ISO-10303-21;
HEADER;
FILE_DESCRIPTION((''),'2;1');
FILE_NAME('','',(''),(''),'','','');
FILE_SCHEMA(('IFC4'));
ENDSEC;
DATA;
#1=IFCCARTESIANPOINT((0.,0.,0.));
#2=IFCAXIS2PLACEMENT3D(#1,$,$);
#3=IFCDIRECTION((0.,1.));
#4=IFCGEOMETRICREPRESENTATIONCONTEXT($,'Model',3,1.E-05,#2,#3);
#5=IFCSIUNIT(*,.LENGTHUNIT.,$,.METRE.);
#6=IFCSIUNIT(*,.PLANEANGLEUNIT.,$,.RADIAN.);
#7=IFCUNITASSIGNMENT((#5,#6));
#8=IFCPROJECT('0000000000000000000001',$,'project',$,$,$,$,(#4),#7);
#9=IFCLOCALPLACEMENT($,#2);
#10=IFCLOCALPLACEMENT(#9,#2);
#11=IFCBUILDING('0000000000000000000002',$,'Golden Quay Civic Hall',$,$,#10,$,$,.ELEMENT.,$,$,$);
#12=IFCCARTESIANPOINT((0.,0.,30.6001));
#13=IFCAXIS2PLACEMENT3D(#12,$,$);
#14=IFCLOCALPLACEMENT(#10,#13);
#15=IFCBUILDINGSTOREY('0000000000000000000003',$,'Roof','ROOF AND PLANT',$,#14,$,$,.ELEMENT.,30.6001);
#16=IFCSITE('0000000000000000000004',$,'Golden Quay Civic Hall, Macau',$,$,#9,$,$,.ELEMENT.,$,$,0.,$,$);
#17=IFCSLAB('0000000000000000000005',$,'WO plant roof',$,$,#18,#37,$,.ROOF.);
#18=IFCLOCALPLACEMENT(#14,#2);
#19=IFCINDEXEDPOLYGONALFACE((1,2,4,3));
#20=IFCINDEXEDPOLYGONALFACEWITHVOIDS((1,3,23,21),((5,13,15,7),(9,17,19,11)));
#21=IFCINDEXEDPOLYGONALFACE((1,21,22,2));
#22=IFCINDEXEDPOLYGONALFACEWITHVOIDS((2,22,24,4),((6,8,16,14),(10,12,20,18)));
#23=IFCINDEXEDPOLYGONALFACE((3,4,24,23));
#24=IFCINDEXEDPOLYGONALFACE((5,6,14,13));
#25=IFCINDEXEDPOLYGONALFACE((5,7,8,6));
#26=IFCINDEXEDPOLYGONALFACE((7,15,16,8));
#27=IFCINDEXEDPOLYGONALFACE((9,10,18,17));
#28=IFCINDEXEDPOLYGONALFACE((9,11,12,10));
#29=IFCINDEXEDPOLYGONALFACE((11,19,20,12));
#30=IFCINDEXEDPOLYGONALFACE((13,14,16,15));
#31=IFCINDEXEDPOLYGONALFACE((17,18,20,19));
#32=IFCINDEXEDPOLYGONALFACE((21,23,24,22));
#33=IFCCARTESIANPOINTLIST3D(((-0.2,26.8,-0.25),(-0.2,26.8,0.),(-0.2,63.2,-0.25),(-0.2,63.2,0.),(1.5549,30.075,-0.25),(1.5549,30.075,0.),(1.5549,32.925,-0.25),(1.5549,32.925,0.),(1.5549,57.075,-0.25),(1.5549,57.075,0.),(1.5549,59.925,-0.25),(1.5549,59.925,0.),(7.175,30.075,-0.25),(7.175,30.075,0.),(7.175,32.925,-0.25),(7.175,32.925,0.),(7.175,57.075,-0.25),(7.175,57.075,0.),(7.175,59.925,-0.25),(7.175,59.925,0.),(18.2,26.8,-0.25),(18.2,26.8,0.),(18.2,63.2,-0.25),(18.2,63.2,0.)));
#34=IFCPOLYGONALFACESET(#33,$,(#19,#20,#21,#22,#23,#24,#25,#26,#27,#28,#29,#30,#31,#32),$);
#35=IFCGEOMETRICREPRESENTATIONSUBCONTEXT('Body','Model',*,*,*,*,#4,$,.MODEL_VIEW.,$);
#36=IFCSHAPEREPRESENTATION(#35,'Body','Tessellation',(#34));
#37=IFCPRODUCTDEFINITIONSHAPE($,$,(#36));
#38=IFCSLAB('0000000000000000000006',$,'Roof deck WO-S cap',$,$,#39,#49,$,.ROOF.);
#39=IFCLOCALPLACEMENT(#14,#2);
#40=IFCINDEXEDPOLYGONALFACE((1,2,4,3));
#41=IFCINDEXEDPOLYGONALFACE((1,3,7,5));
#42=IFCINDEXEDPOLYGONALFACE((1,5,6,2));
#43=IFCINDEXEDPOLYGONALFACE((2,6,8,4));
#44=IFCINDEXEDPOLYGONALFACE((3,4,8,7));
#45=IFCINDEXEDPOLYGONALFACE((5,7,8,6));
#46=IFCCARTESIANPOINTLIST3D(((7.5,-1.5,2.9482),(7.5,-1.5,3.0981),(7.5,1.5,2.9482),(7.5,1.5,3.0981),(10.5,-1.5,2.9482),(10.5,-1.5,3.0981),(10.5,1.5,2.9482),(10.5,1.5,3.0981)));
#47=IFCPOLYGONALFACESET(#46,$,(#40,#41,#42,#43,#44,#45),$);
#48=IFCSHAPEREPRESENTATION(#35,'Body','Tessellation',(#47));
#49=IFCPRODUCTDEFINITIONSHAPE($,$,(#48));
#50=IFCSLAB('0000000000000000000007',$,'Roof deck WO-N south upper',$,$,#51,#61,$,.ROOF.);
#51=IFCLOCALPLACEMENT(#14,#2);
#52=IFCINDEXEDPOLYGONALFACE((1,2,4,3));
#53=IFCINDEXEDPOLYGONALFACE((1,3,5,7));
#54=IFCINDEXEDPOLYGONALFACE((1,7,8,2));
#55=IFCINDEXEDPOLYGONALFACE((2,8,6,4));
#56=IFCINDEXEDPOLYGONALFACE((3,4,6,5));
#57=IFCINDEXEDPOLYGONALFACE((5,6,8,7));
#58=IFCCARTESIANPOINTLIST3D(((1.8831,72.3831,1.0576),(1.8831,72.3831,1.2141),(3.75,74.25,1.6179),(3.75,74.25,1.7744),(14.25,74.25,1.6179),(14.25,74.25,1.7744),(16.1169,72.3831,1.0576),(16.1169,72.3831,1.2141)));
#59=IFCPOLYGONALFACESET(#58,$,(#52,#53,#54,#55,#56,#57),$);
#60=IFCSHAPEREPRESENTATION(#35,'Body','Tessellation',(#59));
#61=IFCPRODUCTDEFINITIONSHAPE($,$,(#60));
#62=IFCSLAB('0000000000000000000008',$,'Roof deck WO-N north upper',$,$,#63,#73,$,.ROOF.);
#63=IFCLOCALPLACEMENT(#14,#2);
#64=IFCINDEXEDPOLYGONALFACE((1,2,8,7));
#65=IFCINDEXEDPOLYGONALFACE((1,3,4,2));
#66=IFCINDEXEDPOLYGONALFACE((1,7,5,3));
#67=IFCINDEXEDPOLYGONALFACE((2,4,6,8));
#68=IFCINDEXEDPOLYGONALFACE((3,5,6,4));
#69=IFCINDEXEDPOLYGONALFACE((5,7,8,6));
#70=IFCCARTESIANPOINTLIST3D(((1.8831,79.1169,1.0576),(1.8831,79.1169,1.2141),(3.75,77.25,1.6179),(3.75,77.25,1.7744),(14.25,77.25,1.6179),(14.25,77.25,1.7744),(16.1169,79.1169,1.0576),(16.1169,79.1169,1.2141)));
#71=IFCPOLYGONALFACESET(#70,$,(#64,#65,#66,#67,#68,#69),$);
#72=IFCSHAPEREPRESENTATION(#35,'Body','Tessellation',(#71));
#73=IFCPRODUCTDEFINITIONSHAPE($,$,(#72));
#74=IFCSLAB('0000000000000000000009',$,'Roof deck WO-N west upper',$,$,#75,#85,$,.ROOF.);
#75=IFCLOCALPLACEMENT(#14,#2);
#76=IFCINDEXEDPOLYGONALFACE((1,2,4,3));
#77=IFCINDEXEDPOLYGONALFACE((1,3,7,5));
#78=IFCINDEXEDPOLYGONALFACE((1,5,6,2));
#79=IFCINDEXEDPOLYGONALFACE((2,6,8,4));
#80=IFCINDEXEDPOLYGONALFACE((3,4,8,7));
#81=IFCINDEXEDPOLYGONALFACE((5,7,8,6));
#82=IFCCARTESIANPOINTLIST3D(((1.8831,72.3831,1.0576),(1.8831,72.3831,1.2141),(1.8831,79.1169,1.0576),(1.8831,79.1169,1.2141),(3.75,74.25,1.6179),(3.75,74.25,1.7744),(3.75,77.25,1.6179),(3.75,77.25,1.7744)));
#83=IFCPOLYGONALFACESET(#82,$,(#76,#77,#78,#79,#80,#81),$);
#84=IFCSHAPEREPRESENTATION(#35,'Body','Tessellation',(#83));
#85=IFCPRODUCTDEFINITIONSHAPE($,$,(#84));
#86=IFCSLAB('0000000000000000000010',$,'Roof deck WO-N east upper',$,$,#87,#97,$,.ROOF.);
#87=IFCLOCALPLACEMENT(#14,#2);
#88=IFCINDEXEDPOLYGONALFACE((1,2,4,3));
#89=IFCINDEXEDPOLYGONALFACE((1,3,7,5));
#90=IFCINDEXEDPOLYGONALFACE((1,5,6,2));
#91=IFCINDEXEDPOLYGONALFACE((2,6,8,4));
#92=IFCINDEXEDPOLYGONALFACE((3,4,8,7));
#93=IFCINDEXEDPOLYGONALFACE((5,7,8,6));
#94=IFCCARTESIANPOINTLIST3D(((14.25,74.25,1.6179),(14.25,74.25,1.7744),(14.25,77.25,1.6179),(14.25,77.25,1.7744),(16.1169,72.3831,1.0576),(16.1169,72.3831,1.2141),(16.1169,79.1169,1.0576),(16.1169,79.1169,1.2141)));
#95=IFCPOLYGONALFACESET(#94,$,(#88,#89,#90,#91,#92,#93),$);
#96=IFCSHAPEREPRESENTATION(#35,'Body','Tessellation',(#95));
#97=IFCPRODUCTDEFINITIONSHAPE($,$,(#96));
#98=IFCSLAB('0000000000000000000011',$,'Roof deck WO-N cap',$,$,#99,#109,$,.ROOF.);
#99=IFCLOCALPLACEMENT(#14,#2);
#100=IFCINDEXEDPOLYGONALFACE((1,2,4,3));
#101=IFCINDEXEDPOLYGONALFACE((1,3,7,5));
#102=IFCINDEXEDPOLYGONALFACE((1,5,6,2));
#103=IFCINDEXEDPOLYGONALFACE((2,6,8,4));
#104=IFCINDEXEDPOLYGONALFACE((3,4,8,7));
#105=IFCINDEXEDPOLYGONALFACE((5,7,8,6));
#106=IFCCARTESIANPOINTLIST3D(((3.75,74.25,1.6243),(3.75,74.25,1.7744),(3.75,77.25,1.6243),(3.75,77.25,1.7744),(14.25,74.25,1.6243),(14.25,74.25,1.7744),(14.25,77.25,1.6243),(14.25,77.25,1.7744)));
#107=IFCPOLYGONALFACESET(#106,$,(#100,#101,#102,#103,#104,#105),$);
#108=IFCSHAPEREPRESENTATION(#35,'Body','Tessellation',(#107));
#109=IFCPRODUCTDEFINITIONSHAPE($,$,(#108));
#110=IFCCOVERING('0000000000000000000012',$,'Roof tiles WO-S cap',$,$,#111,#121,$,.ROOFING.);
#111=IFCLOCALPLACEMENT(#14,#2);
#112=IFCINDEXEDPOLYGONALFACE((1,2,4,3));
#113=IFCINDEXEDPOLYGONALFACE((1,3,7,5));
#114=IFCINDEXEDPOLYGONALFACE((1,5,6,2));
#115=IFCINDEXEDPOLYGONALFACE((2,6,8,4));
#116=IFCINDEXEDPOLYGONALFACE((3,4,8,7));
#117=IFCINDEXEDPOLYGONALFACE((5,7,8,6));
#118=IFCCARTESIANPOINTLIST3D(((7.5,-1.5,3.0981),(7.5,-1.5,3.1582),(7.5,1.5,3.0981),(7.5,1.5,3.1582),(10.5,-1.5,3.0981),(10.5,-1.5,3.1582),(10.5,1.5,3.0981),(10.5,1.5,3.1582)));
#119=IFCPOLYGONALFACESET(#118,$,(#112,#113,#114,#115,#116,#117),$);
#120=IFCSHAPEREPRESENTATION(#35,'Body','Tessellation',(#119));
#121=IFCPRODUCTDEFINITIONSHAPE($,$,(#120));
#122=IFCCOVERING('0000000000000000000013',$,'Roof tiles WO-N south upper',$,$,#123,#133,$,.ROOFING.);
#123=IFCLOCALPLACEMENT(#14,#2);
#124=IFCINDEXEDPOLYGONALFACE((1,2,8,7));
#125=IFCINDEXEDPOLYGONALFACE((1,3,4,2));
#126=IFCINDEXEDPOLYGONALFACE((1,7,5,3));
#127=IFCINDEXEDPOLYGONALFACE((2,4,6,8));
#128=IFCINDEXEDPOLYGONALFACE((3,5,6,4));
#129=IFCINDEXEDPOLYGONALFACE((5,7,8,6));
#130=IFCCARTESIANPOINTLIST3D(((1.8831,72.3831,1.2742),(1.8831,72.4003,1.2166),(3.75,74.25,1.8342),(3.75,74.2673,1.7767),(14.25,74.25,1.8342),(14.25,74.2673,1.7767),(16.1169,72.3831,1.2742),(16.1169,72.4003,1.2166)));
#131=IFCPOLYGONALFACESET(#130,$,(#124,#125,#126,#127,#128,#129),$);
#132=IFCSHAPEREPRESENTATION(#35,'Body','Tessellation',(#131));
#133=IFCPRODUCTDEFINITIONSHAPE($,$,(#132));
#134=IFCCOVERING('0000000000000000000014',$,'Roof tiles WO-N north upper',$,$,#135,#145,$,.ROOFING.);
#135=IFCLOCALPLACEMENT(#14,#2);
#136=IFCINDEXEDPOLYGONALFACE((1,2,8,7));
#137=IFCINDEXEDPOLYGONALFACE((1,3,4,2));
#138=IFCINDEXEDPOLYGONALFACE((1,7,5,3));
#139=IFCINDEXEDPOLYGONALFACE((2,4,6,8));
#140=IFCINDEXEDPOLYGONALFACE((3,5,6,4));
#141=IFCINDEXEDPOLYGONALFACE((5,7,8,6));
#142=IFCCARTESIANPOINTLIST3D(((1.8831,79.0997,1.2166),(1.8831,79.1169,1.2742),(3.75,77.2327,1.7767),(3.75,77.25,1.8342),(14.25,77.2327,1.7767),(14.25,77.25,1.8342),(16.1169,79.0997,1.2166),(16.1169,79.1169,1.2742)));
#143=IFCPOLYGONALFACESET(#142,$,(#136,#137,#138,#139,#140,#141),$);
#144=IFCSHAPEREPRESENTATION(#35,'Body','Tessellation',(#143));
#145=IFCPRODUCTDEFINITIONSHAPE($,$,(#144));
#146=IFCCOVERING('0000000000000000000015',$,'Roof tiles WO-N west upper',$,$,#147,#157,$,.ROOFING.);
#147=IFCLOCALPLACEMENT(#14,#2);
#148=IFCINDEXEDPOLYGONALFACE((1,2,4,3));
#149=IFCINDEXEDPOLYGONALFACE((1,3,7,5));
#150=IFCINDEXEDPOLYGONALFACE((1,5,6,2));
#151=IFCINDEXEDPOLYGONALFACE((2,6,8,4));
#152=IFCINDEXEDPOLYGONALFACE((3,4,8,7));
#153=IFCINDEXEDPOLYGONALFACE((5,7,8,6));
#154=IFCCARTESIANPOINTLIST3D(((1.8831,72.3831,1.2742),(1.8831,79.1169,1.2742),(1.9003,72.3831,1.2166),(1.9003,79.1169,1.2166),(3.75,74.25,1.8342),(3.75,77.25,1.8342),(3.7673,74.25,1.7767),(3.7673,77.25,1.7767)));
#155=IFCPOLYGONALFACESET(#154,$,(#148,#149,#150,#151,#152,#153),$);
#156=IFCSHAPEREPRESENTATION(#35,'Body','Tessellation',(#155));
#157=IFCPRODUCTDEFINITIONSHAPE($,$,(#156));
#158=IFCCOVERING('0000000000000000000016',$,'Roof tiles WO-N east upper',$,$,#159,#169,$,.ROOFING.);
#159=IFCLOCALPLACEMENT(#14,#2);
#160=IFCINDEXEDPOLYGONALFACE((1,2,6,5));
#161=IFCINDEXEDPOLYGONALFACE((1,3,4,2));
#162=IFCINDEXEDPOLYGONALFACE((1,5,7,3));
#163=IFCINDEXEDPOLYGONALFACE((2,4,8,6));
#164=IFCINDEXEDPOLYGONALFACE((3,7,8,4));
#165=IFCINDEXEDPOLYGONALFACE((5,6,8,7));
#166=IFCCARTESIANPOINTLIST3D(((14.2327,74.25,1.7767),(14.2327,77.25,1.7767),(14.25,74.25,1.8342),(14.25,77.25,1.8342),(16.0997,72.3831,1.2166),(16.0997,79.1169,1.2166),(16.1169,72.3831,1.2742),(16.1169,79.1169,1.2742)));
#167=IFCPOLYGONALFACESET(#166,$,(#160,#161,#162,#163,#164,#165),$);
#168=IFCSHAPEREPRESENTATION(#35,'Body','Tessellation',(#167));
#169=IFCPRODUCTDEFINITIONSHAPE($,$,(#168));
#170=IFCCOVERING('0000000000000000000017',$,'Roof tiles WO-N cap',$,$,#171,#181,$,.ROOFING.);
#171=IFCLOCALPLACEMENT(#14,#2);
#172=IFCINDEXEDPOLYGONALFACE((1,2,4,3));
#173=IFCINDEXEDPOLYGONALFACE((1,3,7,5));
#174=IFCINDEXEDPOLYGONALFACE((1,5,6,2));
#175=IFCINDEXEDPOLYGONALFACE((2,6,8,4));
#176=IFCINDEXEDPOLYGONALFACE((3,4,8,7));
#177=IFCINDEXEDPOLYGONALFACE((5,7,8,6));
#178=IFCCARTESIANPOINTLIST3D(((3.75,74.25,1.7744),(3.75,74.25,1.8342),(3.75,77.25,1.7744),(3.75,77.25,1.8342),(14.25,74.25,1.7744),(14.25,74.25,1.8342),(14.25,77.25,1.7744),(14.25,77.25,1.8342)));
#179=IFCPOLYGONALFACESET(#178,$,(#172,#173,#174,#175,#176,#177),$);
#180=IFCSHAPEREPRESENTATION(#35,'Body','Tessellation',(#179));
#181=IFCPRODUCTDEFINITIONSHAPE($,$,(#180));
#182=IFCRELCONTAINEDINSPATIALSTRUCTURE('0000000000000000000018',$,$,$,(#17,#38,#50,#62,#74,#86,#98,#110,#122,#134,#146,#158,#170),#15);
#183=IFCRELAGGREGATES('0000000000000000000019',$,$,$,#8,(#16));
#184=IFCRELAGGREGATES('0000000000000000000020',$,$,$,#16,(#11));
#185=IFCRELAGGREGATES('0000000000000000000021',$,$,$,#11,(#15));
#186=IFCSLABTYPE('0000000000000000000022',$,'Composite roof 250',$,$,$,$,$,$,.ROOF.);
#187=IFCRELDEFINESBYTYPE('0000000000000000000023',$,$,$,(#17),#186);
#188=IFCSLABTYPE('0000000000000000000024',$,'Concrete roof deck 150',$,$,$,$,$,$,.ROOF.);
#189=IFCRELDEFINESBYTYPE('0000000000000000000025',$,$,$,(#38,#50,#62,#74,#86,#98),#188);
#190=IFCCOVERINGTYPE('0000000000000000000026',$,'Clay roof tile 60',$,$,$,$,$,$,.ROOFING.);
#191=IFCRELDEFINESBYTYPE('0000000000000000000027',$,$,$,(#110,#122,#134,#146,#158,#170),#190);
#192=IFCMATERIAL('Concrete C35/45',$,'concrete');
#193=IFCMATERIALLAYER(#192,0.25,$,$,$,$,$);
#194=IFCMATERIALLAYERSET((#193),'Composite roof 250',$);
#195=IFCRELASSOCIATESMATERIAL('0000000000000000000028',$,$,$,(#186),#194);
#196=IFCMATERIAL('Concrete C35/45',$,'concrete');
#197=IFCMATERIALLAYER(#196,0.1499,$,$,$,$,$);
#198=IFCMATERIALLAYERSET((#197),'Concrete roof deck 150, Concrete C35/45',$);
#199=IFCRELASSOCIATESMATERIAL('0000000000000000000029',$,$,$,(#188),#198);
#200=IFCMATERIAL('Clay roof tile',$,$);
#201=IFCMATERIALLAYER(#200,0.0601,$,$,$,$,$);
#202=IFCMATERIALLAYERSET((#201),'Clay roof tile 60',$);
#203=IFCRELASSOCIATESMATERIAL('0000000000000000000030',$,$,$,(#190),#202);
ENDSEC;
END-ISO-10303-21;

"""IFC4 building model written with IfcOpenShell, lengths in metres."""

from ifc_helpers import new_model, si_unit, direction, frame, origin, place, context, subcontext, project, spatial, polyline, outline, extrude, material, layer, layer_set, type_object, element, save


model = new_model("IFC4")

# Units and contexts
model_context = context("Model", 3, precision=1e-05, world=origin(), true_north=direction((0.0, 1.0)))
body_context = subcontext(model_context, "Body", "Model", "MODEL_VIEW")
ifc_project = project(units=[si_unit("LENGTHUNIT", "METRE"), si_unit("PLANEANGLEUNIT", "RADIAN")], contexts=[model_context])

# Site, building, storey
site_placement = place(None, origin())
site = spatial("IfcSite", under=ifc_project, at=site_placement, Name="Golden Quay Civic Hall, Macau", CompositionType="ELEMENT", RefElevation=0.0)
building_placement = place(site_placement, origin())
building = spatial("IfcBuilding", under=site, at=building_placement, Name="Golden Quay Civic Hall", CompositionType="ELEMENT")
storey_placement = place(building_placement, frame((0.0, 0.0, 30.6001)))
storey = spatial("IfcBuildingStorey", under=building, at=storey_placement, Name="Roof", Description="ROOF AND PLANT", CompositionType="ELEMENT", Elevation=30.6001)

# Slabs
ifc_material_1 = material(Name="Concrete C35/45", Category="concrete")
ifc_layer_1 = layer(ifc_material_1, 0.25)
ifc_layer_set_1 = layer_set([ifc_layer_1], Name="Composite roof 250")
slab_type_1 = type_object("IfcSlabType", Name="Composite roof 250", PredefinedType="ROOF", material=ifc_layer_set_1)
slab_1_placement = place(storey_placement, frame((0.0, 0.0, -0.25)))
element("IfcSlab", 1, at=slab_1_placement, inside=storey, type_object=slab_type_1, Name="WO plant roof", PredefinedType="ROOF", context=body_context, shape_type="SweptSolid", body=[
    extrude(outline(polyline([(-0.2, 63.2), (18.2, 63.2), (18.2, 26.8), (-0.2, 26.8), (-0.2, 63.2)]), holes=[polyline([(1.5549, 59.925), (1.5549, 57.075), (7.175, 57.075), (7.175, 59.925), (1.5549, 59.925)]), polyline([(7.175, 32.925), (1.5549, 32.925), (1.5549, 30.075), (7.175, 30.075), (7.175, 32.925)])]), origin(), (0.0, 0.0, 1.0), 0.25),
])
ifc_material_2 = material(Name="Concrete C35/45", Category="concrete")
ifc_layer_2 = layer(ifc_material_2, 0.1499)
ifc_layer_set_2 = layer_set([ifc_layer_2], Name="Concrete roof deck 150, Concrete C35/45")
slab_type_2 = type_object("IfcSlabType", Name="Concrete roof deck 150", PredefinedType="ROOF", material=ifc_layer_set_2)
slab_2_placement = place(storey_placement, frame((0.0, 0.0, 2.9482)))
element("IfcSlab", 2, at=slab_2_placement, inside=storey, type_object=slab_type_2, Name="Roof deck WO-S cap", PredefinedType="ROOF", context=body_context, shape_type="SweptSolid", body=[
    extrude(outline(polyline([(7.5, -1.5), (10.5, -1.5), (10.5, 1.5), (7.5, 1.5), (7.5, -1.5)])), origin(), (0.0, 0.0, 1.0), 0.1499),
])
slab_3_placement = place(storey_placement, frame((1.8831, 72.3831, 1.2141), z_axis=(0.0, -0.287451, 0.957795), x_axis=(1.0, 0.0, 0.0)))
element("IfcSlab", 3, at=slab_3_placement, inside=storey, type_object=slab_type_2, Name="Roof deck WO-N south upper", PredefinedType="ROOF", context=body_context, shape_type="SweptSolid", body=[
    extrude(outline(polyline([(0.0, 0.0), (14.2339, 0.0), (12.3669, 1.9492), (1.8669, 1.9492), (0.0, 0.0)])), origin(), (0.0, -0.287451, -0.957795), 0.1565),
])
slab_4_placement = place(storey_placement, frame((1.8831, 79.1169, 1.2141), z_axis=(0.0, 0.287451, 0.957795), x_axis=(1.0, 0.0, 0.0)))
element("IfcSlab", 4, at=slab_4_placement, inside=storey, type_object=slab_type_2, Name="Roof deck WO-N north upper", PredefinedType="ROOF", context=body_context, shape_type="SweptSolid", body=[
    extrude(outline(polyline([(0.0, 0.0), (14.2339, 0.0), (12.3669, -1.9492), (1.8669, -1.9492), (0.0, 0.0)])), origin(), (0.0, 0.287451, -0.957795), 0.1565),
])
slab_5_placement = place(storey_placement, frame((1.8831, 72.3831, 1.2141), z_axis=(-0.287451, 0.0, 0.957795), x_axis=(0.0, 1.0, 0.0)))
element("IfcSlab", 5, at=slab_5_placement, inside=storey, type_object=slab_type_2, Name="Roof deck WO-N west upper", PredefinedType="ROOF", context=body_context, shape_type="SweptSolid", body=[
    extrude(outline(polyline([(0.0, 0.0), (6.7339, 0.0), (4.8669, -1.9492), (1.8669, -1.9492), (0.0, 0.0)])), origin(), (0.0, 0.287451, -0.957795), 0.1565),
])
slab_6_placement = place(storey_placement, frame((16.1169, 72.3831, 1.2141), z_axis=(0.287451, 0.0, 0.957795), x_axis=(0.0, 1.0, 0.0)))
element("IfcSlab", 6, at=slab_6_placement, inside=storey, type_object=slab_type_2, Name="Roof deck WO-N east upper", PredefinedType="ROOF", context=body_context, shape_type="SweptSolid", body=[
    extrude(outline(polyline([(0.0, 0.0), (6.7339, 0.0), (4.8669, 1.9492), (1.8669, 1.9492), (0.0, 0.0)])), origin(), (0.0, -0.287451, -0.957795), 0.1565),
])
slab_7_placement = place(storey_placement, frame((0.0, 0.0, 1.6243)))
element("IfcSlab", 7, at=slab_7_placement, inside=storey, type_object=slab_type_2, Name="Roof deck WO-N cap", PredefinedType="ROOF", context=body_context, shape_type="SweptSolid", body=[
    extrude(outline(polyline([(3.75, 74.25), (14.25, 74.25), (14.25, 77.25), (3.75, 77.25), (3.75, 74.25)])), origin(), (0.0, 0.0, 1.0), 0.1501),
])

# Coverings
ifc_material_3 = material(Name="Clay roof tile")
ifc_layer_3 = layer(ifc_material_3, 0.0601)
ifc_layer_set_3 = layer_set([ifc_layer_3], Name="Clay roof tile 60")
covering_type = type_object("IfcCoveringType", Name="Clay roof tile 60", PredefinedType="ROOFING", material=ifc_layer_set_3)
covering_1_placement = place(storey_placement, frame((0.0, 0.0, 3.0981)))
element("IfcCovering", 8, at=covering_1_placement, inside=storey, type_object=covering_type, Name="Roof tiles WO-S cap", PredefinedType="ROOFING", context=body_context, shape_type="SweptSolid", body=[
    extrude(outline(polyline([(7.5, -1.5), (10.5, -1.5), (10.5, 1.5), (7.5, 1.5), (7.5, -1.5)])), origin(), (0.0, 0.0, 1.0), 0.0601),
])
covering_2_placement = place(storey_placement, frame((1.8831, 72.3831, 1.2742), z_axis=(0.0, -0.287336, 0.95783), x_axis=(1.0, 0.0, 0.0)))
element("IfcCovering", 9, at=covering_2_placement, inside=storey, type_object=covering_type, Name="Roof tiles WO-N south upper", PredefinedType="ROOFING", context=body_context, shape_type="SweptSolid", body=[
    extrude(outline(polyline([(0.0, 0.0), (14.2339, 0.0), (12.3669, 1.9491), (1.8669, 1.9491), (0.0, 0.0)])), origin(), (0.0, 0.0, -1.0), 0.0601),
])
covering_3_placement = place(storey_placement, frame((1.8831, 79.1169, 1.2742), z_axis=(0.0, 0.287336, 0.95783), x_axis=(1.0, 0.0, 0.0)))
element("IfcCovering", 10, at=covering_3_placement, inside=storey, type_object=covering_type, Name="Roof tiles WO-N north upper", PredefinedType="ROOFING", context=body_context, shape_type="SweptSolid", body=[
    extrude(outline(polyline([(0.0, 0.0), (14.2339, 0.0), (12.3669, -1.9491), (1.8669, -1.9491), (0.0, 0.0)])), origin(), (0.0, 0.0, -1.0), 0.0601),
])
covering_4_placement = place(storey_placement, frame((1.8831, 72.3831, 1.2742), z_axis=(-0.287336, 0.0, 0.95783), x_axis=(0.0, 1.0, 0.0)))
element("IfcCovering", 11, at=covering_4_placement, inside=storey, type_object=covering_type, Name="Roof tiles WO-N west upper", PredefinedType="ROOFING", context=body_context, shape_type="SweptSolid", body=[
    extrude(outline(polyline([(0.0, 0.0), (6.7339, 0.0), (4.8669, -1.9491), (1.8669, -1.9491), (0.0, 0.0)])), origin(), (0.0, 0.0, -1.0), 0.0601),
])
covering_5_placement = place(storey_placement, frame((16.1169, 72.3831, 1.2742), z_axis=(0.287336, 0.0, 0.95783), x_axis=(0.0, 1.0, 0.0)))
element("IfcCovering", 12, at=covering_5_placement, inside=storey, type_object=covering_type, Name="Roof tiles WO-N east upper", PredefinedType="ROOFING", context=body_context, shape_type="SweptSolid", body=[
    extrude(outline(polyline([(0.0, 0.0), (6.7339, 0.0), (4.8669, 1.9491), (1.8669, 1.9491), (0.0, 0.0)])), origin(), (0.0, 0.0, -1.0), 0.0601),
])
covering_6_placement = place(storey_placement, frame((0.0, 0.0, 1.7744)))
element("IfcCovering", 13, at=covering_6_placement, inside=storey, type_object=covering_type, Name="Roof tiles WO-N cap", PredefinedType="ROOFING", context=body_context, shape_type="SweptSolid", body=[
    extrude(outline(polyline([(3.75, 74.25), (14.25, 74.25), (14.25, 77.25), (3.75, 77.25), (3.75, 74.25)])), origin(), (0.0, 0.0, 1.0), 0.0598),
])

save(model, "model.ifc")
